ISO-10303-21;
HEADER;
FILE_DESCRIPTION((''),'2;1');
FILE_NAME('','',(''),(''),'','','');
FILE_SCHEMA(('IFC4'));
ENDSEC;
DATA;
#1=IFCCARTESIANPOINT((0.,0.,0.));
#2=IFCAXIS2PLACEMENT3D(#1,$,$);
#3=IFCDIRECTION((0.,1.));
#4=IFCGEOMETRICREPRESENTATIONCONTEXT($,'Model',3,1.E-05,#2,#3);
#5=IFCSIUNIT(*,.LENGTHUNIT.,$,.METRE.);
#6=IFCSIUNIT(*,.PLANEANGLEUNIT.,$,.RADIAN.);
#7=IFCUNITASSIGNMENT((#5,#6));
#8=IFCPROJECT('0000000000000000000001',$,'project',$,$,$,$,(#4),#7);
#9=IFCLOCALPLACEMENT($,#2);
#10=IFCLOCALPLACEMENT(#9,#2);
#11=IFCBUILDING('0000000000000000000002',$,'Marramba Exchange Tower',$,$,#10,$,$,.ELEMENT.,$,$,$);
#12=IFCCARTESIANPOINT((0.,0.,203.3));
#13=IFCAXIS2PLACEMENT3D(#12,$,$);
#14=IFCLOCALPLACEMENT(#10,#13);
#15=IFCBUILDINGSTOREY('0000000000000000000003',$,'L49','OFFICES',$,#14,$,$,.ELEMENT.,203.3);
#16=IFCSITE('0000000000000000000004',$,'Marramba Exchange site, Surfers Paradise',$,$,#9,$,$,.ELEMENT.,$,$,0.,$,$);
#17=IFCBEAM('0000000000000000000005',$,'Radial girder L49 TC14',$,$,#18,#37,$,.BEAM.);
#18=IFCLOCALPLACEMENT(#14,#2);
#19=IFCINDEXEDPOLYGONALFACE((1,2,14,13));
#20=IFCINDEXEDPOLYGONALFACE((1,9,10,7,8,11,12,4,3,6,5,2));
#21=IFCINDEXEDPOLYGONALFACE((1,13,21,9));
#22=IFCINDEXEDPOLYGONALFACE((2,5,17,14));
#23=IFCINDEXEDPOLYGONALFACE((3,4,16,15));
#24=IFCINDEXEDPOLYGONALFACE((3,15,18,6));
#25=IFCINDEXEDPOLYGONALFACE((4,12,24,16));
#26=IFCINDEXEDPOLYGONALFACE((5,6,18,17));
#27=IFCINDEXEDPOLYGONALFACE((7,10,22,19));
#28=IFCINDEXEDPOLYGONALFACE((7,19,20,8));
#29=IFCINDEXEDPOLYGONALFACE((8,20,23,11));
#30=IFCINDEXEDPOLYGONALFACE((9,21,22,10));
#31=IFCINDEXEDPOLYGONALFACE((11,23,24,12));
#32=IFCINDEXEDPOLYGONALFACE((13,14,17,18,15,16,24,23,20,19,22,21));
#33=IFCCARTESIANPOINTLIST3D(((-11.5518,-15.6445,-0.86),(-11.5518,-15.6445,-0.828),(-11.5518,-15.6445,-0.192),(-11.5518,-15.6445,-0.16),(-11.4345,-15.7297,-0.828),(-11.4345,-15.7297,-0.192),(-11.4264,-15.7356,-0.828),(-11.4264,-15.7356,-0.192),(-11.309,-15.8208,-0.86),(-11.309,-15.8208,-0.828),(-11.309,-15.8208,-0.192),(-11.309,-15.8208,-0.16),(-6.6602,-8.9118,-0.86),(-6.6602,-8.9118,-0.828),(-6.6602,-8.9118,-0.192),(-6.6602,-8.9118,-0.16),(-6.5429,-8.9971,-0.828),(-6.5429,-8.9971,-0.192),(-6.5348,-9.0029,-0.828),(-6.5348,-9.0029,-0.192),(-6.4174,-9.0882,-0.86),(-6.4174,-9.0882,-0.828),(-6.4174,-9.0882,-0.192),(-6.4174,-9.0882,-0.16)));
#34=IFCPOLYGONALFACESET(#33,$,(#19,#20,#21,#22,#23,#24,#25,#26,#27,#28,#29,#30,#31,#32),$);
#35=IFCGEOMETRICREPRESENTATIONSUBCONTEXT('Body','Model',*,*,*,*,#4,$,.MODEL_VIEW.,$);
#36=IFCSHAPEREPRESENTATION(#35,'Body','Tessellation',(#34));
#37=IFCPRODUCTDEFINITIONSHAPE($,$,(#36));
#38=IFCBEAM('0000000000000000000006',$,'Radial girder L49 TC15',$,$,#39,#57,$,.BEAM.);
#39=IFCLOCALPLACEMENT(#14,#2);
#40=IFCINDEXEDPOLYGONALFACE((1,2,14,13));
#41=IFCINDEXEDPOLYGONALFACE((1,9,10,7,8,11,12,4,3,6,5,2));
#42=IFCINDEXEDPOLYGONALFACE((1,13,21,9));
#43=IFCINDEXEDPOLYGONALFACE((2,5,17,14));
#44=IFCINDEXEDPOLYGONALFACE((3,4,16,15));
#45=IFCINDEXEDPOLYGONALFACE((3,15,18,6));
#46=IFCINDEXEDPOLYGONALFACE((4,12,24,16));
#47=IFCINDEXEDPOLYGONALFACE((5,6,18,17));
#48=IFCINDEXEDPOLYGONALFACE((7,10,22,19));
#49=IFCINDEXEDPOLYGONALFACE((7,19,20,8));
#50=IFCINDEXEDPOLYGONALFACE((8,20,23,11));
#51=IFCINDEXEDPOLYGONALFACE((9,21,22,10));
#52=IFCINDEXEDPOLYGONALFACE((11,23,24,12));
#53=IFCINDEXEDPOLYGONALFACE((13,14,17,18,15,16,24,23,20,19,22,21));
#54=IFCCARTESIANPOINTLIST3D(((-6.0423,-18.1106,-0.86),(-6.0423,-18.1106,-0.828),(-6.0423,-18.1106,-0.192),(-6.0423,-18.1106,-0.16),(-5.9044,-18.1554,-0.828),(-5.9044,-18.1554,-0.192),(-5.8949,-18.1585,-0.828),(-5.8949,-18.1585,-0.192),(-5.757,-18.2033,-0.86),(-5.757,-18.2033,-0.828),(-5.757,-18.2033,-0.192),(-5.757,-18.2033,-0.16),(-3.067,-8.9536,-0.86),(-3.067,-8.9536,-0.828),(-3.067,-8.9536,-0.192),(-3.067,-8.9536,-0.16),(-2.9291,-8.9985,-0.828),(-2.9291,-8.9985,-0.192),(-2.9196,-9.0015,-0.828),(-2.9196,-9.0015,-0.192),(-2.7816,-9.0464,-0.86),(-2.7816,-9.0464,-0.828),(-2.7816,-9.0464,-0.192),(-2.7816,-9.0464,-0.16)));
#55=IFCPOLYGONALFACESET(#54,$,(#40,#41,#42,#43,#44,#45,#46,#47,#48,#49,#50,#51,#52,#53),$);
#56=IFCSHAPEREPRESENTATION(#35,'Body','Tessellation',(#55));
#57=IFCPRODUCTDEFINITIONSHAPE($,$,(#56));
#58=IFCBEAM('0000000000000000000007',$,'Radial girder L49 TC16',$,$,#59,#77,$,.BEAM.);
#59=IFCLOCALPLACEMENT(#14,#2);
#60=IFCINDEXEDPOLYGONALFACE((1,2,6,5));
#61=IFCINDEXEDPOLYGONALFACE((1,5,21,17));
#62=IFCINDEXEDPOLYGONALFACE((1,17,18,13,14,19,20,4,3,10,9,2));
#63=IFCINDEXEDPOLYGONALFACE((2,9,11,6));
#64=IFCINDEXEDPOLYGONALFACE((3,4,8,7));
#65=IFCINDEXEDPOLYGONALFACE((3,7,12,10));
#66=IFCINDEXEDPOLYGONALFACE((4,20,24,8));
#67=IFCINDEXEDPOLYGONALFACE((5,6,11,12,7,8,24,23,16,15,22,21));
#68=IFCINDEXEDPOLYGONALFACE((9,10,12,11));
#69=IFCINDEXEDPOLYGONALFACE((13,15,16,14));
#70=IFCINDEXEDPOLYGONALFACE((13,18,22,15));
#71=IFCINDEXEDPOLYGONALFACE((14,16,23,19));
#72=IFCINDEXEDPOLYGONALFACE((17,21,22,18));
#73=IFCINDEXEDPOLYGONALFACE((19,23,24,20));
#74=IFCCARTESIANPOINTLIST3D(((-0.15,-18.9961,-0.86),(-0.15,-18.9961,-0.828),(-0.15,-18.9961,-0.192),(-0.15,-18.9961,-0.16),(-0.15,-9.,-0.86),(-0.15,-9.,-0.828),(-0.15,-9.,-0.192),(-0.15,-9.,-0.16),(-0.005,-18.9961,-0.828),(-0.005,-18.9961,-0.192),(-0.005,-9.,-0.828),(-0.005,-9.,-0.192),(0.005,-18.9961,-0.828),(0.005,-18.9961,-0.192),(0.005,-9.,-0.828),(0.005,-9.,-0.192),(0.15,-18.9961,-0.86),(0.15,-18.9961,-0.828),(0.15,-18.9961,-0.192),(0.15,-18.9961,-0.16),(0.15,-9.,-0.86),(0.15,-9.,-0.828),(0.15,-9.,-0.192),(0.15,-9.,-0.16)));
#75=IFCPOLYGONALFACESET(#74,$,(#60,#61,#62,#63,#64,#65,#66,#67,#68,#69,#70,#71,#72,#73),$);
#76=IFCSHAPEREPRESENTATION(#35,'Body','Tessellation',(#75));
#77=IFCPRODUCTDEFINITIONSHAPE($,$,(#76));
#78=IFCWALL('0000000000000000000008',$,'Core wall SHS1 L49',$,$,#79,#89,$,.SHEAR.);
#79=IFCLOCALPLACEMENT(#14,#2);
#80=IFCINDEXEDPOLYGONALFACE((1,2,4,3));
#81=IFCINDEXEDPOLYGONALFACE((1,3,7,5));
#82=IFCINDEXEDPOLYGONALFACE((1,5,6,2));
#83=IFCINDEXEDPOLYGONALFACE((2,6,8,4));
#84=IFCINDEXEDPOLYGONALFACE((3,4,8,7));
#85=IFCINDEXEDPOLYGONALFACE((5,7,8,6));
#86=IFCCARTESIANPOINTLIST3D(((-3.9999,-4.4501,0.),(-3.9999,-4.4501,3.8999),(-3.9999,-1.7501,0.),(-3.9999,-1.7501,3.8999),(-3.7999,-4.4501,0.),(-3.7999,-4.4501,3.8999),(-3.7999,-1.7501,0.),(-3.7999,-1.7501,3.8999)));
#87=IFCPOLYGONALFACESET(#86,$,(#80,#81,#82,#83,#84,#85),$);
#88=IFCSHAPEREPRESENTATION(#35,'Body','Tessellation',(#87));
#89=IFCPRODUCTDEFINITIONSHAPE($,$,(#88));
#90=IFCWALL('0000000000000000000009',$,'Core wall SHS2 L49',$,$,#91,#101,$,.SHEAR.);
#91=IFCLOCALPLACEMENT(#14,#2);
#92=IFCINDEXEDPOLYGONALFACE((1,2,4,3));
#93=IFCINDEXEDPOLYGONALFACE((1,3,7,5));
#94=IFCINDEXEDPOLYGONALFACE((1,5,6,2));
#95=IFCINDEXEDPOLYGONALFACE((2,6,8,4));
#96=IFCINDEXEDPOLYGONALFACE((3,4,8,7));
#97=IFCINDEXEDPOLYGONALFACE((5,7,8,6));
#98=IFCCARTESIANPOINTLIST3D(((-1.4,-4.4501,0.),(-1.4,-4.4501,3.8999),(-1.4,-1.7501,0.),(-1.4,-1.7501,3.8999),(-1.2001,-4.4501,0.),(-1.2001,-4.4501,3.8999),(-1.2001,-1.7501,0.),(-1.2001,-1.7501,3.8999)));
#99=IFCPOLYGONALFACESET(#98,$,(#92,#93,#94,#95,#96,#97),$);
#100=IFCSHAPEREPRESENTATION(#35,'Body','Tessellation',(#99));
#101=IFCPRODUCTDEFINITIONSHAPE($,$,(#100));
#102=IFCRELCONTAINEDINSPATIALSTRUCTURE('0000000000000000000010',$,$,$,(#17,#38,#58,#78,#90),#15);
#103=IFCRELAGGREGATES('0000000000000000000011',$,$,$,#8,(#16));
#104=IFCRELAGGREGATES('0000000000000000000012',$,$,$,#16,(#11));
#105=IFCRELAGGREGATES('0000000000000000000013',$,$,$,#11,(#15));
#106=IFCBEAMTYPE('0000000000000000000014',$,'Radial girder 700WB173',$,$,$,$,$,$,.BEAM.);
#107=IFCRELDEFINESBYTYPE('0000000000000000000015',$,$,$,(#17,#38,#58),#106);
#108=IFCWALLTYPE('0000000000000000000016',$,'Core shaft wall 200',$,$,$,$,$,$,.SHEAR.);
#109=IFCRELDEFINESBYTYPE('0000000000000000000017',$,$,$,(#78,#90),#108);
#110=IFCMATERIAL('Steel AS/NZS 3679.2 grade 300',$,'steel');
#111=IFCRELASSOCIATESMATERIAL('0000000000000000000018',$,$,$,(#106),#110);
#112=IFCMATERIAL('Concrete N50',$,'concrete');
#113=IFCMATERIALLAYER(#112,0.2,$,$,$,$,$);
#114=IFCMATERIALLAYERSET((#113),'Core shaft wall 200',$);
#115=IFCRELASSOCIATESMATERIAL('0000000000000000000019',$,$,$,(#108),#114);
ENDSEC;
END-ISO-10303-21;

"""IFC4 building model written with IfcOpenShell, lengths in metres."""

from ifc_helpers import new_model, si_unit, direction, frame, frame_2d, origin, origin_2d, place, context, subcontext, project, spatial, rectangle, i_section, extrude, material, layer, layer_set, material_profile, profile_set, type_object, element, save


model = new_model("IFC4")

# Units and contexts
model_context = context("Model", 3, precision=1e-05, world=origin(), true_north=direction((0.0, 1.0)))
body_context = subcontext(model_context, "Body", "Model", "MODEL_VIEW")
ifc_project = project(units=[si_unit("LENGTHUNIT", "METRE"), si_unit("PLANEANGLEUNIT", "RADIAN")], contexts=[model_context])

# Site, building, storey
site_placement = place(None, origin())
site = spatial("IfcSite", under=ifc_project, at=site_placement, Name="Marramba Exchange site, Surfers Paradise", CompositionType="ELEMENT", RefElevation=0.0)
building_placement = place(site_placement, origin())
building = spatial("IfcBuilding", under=site, at=building_placement, Name="Marramba Exchange Tower", CompositionType="ELEMENT")
storey_placement = place(building_placement, frame((0.0, 0.0, 203.3)))
storey = spatial("IfcBuildingStorey", under=building, at=storey_placement, Name="L49", Description="OFFICES", CompositionType="ELEMENT", Elevation=203.3)

# Beams
ifc_material_1 = material(Name="Steel AS/NZS 3679.2 grade 300", Category="steel")
ifc_material_profile = material_profile(ifc_material_1, i_section(OverallWidth=0.3, OverallDepth=0.7, WebThickness=0.01, FlangeThickness=0.032, at=origin_2d()), Name="700WB173")
ifc_profile_set = profile_set([ifc_material_profile], Name="Steel AS/NZS 3679.2 grade 300")
beam_type = type_object("IfcBeamType", Name="Radial girder 700WB173", PredefinedType="BEAM", material=ifc_profile_set)
beam_1_placement = place(storey_placement, frame((-6.5388, -9.0, -0.51), z_axis=(-0.587788, -0.809015, 0.0), x_axis=(0.809015, -0.587788, 0.0)))
element("IfcBeam", 1, at=beam_1_placement, inside=storey, type_object=beam_type, Name="Radial girder L49 TC14", PredefinedType="BEAM", context=body_context, shape_type="SweptSolid", body=[
    extrude(i_section(OverallWidth=0.3, OverallDepth=0.7, WebThickness=0.01, FlangeThickness=0.032, at=origin_2d()), origin(), (0.0, 0.0, 1.0), 8.322),
])
beam_2_placement = place(storey_placement, frame((-2.9243, -9.0, -0.51), z_axis=(-0.309022, -0.951055, 0.0), x_axis=(0.951055, -0.309022, 0.0)))
element("IfcBeam", 2, at=beam_2_placement, inside=storey, type_object=beam_type, Name="Radial girder L49 TC15", PredefinedType="BEAM", context=body_context, shape_type="SweptSolid", body=[
    extrude(i_section(OverallWidth=0.3, OverallDepth=0.7, WebThickness=0.01, FlangeThickness=0.032, at=origin_2d()), origin(), (0.0, 0.0, 1.0), 9.6282),
])
beam_3_placement = place(storey_placement, frame((0.0, -9.0, -0.51), z_axis=(0.0, -1.0, 0.0), x_axis=(1.0, 0.0, 0.0)))
element("IfcBeam", 3, at=beam_3_placement, inside=storey, type_object=beam_type, Name="Radial girder L49 TC16", PredefinedType="BEAM", context=body_context, shape_type="SweptSolid", body=[
    extrude(i_section(OverallWidth=0.3, OverallDepth=0.7, WebThickness=0.01, FlangeThickness=0.032, at=origin_2d()), origin(), (0.0, 0.0, 1.0), 9.9961),
])

# Walls
ifc_material_2 = material(Name="Concrete N50", Category="concrete")
ifc_layer_1 = layer(ifc_material_2, 0.2)
ifc_layer_set_1 = layer_set([ifc_layer_1], Name="Core shaft wall 200")
wall_type_1 = type_object("IfcWallType", Name="Core shaft wall 200", PredefinedType="SHEAR", material=ifc_layer_set_1)
for number, where, z_axis, x_axis, name in (
    (4, (-3.8999, -1.75, 0.0), (0.0, 0.0, 1.0), (0.0, -1.0, 0.0), "Core wall SHS1 L49"),
    (5, (-1.3, -1.75, 0.0), (0.0, 0.0, 1.0), (0.0, -1.0, 0.0), "Core wall SHS2 L49"),
):
    element("IfcWall", number, at=place(storey_placement, frame(where, z_axis=z_axis, x_axis=x_axis)), inside=storey, type_object=wall_type_1, Name=name, PredefinedType="SHEAR", context=body_context, shape_type="SweptSolid", body=[
        extrude(rectangle(XDim=2.7, YDim=0.2, at=frame_2d((1.3501, 0.0))), origin(), (0.0, 0.0, 1.0), 3.8999),
    ])

save(model, "model.ifc")
